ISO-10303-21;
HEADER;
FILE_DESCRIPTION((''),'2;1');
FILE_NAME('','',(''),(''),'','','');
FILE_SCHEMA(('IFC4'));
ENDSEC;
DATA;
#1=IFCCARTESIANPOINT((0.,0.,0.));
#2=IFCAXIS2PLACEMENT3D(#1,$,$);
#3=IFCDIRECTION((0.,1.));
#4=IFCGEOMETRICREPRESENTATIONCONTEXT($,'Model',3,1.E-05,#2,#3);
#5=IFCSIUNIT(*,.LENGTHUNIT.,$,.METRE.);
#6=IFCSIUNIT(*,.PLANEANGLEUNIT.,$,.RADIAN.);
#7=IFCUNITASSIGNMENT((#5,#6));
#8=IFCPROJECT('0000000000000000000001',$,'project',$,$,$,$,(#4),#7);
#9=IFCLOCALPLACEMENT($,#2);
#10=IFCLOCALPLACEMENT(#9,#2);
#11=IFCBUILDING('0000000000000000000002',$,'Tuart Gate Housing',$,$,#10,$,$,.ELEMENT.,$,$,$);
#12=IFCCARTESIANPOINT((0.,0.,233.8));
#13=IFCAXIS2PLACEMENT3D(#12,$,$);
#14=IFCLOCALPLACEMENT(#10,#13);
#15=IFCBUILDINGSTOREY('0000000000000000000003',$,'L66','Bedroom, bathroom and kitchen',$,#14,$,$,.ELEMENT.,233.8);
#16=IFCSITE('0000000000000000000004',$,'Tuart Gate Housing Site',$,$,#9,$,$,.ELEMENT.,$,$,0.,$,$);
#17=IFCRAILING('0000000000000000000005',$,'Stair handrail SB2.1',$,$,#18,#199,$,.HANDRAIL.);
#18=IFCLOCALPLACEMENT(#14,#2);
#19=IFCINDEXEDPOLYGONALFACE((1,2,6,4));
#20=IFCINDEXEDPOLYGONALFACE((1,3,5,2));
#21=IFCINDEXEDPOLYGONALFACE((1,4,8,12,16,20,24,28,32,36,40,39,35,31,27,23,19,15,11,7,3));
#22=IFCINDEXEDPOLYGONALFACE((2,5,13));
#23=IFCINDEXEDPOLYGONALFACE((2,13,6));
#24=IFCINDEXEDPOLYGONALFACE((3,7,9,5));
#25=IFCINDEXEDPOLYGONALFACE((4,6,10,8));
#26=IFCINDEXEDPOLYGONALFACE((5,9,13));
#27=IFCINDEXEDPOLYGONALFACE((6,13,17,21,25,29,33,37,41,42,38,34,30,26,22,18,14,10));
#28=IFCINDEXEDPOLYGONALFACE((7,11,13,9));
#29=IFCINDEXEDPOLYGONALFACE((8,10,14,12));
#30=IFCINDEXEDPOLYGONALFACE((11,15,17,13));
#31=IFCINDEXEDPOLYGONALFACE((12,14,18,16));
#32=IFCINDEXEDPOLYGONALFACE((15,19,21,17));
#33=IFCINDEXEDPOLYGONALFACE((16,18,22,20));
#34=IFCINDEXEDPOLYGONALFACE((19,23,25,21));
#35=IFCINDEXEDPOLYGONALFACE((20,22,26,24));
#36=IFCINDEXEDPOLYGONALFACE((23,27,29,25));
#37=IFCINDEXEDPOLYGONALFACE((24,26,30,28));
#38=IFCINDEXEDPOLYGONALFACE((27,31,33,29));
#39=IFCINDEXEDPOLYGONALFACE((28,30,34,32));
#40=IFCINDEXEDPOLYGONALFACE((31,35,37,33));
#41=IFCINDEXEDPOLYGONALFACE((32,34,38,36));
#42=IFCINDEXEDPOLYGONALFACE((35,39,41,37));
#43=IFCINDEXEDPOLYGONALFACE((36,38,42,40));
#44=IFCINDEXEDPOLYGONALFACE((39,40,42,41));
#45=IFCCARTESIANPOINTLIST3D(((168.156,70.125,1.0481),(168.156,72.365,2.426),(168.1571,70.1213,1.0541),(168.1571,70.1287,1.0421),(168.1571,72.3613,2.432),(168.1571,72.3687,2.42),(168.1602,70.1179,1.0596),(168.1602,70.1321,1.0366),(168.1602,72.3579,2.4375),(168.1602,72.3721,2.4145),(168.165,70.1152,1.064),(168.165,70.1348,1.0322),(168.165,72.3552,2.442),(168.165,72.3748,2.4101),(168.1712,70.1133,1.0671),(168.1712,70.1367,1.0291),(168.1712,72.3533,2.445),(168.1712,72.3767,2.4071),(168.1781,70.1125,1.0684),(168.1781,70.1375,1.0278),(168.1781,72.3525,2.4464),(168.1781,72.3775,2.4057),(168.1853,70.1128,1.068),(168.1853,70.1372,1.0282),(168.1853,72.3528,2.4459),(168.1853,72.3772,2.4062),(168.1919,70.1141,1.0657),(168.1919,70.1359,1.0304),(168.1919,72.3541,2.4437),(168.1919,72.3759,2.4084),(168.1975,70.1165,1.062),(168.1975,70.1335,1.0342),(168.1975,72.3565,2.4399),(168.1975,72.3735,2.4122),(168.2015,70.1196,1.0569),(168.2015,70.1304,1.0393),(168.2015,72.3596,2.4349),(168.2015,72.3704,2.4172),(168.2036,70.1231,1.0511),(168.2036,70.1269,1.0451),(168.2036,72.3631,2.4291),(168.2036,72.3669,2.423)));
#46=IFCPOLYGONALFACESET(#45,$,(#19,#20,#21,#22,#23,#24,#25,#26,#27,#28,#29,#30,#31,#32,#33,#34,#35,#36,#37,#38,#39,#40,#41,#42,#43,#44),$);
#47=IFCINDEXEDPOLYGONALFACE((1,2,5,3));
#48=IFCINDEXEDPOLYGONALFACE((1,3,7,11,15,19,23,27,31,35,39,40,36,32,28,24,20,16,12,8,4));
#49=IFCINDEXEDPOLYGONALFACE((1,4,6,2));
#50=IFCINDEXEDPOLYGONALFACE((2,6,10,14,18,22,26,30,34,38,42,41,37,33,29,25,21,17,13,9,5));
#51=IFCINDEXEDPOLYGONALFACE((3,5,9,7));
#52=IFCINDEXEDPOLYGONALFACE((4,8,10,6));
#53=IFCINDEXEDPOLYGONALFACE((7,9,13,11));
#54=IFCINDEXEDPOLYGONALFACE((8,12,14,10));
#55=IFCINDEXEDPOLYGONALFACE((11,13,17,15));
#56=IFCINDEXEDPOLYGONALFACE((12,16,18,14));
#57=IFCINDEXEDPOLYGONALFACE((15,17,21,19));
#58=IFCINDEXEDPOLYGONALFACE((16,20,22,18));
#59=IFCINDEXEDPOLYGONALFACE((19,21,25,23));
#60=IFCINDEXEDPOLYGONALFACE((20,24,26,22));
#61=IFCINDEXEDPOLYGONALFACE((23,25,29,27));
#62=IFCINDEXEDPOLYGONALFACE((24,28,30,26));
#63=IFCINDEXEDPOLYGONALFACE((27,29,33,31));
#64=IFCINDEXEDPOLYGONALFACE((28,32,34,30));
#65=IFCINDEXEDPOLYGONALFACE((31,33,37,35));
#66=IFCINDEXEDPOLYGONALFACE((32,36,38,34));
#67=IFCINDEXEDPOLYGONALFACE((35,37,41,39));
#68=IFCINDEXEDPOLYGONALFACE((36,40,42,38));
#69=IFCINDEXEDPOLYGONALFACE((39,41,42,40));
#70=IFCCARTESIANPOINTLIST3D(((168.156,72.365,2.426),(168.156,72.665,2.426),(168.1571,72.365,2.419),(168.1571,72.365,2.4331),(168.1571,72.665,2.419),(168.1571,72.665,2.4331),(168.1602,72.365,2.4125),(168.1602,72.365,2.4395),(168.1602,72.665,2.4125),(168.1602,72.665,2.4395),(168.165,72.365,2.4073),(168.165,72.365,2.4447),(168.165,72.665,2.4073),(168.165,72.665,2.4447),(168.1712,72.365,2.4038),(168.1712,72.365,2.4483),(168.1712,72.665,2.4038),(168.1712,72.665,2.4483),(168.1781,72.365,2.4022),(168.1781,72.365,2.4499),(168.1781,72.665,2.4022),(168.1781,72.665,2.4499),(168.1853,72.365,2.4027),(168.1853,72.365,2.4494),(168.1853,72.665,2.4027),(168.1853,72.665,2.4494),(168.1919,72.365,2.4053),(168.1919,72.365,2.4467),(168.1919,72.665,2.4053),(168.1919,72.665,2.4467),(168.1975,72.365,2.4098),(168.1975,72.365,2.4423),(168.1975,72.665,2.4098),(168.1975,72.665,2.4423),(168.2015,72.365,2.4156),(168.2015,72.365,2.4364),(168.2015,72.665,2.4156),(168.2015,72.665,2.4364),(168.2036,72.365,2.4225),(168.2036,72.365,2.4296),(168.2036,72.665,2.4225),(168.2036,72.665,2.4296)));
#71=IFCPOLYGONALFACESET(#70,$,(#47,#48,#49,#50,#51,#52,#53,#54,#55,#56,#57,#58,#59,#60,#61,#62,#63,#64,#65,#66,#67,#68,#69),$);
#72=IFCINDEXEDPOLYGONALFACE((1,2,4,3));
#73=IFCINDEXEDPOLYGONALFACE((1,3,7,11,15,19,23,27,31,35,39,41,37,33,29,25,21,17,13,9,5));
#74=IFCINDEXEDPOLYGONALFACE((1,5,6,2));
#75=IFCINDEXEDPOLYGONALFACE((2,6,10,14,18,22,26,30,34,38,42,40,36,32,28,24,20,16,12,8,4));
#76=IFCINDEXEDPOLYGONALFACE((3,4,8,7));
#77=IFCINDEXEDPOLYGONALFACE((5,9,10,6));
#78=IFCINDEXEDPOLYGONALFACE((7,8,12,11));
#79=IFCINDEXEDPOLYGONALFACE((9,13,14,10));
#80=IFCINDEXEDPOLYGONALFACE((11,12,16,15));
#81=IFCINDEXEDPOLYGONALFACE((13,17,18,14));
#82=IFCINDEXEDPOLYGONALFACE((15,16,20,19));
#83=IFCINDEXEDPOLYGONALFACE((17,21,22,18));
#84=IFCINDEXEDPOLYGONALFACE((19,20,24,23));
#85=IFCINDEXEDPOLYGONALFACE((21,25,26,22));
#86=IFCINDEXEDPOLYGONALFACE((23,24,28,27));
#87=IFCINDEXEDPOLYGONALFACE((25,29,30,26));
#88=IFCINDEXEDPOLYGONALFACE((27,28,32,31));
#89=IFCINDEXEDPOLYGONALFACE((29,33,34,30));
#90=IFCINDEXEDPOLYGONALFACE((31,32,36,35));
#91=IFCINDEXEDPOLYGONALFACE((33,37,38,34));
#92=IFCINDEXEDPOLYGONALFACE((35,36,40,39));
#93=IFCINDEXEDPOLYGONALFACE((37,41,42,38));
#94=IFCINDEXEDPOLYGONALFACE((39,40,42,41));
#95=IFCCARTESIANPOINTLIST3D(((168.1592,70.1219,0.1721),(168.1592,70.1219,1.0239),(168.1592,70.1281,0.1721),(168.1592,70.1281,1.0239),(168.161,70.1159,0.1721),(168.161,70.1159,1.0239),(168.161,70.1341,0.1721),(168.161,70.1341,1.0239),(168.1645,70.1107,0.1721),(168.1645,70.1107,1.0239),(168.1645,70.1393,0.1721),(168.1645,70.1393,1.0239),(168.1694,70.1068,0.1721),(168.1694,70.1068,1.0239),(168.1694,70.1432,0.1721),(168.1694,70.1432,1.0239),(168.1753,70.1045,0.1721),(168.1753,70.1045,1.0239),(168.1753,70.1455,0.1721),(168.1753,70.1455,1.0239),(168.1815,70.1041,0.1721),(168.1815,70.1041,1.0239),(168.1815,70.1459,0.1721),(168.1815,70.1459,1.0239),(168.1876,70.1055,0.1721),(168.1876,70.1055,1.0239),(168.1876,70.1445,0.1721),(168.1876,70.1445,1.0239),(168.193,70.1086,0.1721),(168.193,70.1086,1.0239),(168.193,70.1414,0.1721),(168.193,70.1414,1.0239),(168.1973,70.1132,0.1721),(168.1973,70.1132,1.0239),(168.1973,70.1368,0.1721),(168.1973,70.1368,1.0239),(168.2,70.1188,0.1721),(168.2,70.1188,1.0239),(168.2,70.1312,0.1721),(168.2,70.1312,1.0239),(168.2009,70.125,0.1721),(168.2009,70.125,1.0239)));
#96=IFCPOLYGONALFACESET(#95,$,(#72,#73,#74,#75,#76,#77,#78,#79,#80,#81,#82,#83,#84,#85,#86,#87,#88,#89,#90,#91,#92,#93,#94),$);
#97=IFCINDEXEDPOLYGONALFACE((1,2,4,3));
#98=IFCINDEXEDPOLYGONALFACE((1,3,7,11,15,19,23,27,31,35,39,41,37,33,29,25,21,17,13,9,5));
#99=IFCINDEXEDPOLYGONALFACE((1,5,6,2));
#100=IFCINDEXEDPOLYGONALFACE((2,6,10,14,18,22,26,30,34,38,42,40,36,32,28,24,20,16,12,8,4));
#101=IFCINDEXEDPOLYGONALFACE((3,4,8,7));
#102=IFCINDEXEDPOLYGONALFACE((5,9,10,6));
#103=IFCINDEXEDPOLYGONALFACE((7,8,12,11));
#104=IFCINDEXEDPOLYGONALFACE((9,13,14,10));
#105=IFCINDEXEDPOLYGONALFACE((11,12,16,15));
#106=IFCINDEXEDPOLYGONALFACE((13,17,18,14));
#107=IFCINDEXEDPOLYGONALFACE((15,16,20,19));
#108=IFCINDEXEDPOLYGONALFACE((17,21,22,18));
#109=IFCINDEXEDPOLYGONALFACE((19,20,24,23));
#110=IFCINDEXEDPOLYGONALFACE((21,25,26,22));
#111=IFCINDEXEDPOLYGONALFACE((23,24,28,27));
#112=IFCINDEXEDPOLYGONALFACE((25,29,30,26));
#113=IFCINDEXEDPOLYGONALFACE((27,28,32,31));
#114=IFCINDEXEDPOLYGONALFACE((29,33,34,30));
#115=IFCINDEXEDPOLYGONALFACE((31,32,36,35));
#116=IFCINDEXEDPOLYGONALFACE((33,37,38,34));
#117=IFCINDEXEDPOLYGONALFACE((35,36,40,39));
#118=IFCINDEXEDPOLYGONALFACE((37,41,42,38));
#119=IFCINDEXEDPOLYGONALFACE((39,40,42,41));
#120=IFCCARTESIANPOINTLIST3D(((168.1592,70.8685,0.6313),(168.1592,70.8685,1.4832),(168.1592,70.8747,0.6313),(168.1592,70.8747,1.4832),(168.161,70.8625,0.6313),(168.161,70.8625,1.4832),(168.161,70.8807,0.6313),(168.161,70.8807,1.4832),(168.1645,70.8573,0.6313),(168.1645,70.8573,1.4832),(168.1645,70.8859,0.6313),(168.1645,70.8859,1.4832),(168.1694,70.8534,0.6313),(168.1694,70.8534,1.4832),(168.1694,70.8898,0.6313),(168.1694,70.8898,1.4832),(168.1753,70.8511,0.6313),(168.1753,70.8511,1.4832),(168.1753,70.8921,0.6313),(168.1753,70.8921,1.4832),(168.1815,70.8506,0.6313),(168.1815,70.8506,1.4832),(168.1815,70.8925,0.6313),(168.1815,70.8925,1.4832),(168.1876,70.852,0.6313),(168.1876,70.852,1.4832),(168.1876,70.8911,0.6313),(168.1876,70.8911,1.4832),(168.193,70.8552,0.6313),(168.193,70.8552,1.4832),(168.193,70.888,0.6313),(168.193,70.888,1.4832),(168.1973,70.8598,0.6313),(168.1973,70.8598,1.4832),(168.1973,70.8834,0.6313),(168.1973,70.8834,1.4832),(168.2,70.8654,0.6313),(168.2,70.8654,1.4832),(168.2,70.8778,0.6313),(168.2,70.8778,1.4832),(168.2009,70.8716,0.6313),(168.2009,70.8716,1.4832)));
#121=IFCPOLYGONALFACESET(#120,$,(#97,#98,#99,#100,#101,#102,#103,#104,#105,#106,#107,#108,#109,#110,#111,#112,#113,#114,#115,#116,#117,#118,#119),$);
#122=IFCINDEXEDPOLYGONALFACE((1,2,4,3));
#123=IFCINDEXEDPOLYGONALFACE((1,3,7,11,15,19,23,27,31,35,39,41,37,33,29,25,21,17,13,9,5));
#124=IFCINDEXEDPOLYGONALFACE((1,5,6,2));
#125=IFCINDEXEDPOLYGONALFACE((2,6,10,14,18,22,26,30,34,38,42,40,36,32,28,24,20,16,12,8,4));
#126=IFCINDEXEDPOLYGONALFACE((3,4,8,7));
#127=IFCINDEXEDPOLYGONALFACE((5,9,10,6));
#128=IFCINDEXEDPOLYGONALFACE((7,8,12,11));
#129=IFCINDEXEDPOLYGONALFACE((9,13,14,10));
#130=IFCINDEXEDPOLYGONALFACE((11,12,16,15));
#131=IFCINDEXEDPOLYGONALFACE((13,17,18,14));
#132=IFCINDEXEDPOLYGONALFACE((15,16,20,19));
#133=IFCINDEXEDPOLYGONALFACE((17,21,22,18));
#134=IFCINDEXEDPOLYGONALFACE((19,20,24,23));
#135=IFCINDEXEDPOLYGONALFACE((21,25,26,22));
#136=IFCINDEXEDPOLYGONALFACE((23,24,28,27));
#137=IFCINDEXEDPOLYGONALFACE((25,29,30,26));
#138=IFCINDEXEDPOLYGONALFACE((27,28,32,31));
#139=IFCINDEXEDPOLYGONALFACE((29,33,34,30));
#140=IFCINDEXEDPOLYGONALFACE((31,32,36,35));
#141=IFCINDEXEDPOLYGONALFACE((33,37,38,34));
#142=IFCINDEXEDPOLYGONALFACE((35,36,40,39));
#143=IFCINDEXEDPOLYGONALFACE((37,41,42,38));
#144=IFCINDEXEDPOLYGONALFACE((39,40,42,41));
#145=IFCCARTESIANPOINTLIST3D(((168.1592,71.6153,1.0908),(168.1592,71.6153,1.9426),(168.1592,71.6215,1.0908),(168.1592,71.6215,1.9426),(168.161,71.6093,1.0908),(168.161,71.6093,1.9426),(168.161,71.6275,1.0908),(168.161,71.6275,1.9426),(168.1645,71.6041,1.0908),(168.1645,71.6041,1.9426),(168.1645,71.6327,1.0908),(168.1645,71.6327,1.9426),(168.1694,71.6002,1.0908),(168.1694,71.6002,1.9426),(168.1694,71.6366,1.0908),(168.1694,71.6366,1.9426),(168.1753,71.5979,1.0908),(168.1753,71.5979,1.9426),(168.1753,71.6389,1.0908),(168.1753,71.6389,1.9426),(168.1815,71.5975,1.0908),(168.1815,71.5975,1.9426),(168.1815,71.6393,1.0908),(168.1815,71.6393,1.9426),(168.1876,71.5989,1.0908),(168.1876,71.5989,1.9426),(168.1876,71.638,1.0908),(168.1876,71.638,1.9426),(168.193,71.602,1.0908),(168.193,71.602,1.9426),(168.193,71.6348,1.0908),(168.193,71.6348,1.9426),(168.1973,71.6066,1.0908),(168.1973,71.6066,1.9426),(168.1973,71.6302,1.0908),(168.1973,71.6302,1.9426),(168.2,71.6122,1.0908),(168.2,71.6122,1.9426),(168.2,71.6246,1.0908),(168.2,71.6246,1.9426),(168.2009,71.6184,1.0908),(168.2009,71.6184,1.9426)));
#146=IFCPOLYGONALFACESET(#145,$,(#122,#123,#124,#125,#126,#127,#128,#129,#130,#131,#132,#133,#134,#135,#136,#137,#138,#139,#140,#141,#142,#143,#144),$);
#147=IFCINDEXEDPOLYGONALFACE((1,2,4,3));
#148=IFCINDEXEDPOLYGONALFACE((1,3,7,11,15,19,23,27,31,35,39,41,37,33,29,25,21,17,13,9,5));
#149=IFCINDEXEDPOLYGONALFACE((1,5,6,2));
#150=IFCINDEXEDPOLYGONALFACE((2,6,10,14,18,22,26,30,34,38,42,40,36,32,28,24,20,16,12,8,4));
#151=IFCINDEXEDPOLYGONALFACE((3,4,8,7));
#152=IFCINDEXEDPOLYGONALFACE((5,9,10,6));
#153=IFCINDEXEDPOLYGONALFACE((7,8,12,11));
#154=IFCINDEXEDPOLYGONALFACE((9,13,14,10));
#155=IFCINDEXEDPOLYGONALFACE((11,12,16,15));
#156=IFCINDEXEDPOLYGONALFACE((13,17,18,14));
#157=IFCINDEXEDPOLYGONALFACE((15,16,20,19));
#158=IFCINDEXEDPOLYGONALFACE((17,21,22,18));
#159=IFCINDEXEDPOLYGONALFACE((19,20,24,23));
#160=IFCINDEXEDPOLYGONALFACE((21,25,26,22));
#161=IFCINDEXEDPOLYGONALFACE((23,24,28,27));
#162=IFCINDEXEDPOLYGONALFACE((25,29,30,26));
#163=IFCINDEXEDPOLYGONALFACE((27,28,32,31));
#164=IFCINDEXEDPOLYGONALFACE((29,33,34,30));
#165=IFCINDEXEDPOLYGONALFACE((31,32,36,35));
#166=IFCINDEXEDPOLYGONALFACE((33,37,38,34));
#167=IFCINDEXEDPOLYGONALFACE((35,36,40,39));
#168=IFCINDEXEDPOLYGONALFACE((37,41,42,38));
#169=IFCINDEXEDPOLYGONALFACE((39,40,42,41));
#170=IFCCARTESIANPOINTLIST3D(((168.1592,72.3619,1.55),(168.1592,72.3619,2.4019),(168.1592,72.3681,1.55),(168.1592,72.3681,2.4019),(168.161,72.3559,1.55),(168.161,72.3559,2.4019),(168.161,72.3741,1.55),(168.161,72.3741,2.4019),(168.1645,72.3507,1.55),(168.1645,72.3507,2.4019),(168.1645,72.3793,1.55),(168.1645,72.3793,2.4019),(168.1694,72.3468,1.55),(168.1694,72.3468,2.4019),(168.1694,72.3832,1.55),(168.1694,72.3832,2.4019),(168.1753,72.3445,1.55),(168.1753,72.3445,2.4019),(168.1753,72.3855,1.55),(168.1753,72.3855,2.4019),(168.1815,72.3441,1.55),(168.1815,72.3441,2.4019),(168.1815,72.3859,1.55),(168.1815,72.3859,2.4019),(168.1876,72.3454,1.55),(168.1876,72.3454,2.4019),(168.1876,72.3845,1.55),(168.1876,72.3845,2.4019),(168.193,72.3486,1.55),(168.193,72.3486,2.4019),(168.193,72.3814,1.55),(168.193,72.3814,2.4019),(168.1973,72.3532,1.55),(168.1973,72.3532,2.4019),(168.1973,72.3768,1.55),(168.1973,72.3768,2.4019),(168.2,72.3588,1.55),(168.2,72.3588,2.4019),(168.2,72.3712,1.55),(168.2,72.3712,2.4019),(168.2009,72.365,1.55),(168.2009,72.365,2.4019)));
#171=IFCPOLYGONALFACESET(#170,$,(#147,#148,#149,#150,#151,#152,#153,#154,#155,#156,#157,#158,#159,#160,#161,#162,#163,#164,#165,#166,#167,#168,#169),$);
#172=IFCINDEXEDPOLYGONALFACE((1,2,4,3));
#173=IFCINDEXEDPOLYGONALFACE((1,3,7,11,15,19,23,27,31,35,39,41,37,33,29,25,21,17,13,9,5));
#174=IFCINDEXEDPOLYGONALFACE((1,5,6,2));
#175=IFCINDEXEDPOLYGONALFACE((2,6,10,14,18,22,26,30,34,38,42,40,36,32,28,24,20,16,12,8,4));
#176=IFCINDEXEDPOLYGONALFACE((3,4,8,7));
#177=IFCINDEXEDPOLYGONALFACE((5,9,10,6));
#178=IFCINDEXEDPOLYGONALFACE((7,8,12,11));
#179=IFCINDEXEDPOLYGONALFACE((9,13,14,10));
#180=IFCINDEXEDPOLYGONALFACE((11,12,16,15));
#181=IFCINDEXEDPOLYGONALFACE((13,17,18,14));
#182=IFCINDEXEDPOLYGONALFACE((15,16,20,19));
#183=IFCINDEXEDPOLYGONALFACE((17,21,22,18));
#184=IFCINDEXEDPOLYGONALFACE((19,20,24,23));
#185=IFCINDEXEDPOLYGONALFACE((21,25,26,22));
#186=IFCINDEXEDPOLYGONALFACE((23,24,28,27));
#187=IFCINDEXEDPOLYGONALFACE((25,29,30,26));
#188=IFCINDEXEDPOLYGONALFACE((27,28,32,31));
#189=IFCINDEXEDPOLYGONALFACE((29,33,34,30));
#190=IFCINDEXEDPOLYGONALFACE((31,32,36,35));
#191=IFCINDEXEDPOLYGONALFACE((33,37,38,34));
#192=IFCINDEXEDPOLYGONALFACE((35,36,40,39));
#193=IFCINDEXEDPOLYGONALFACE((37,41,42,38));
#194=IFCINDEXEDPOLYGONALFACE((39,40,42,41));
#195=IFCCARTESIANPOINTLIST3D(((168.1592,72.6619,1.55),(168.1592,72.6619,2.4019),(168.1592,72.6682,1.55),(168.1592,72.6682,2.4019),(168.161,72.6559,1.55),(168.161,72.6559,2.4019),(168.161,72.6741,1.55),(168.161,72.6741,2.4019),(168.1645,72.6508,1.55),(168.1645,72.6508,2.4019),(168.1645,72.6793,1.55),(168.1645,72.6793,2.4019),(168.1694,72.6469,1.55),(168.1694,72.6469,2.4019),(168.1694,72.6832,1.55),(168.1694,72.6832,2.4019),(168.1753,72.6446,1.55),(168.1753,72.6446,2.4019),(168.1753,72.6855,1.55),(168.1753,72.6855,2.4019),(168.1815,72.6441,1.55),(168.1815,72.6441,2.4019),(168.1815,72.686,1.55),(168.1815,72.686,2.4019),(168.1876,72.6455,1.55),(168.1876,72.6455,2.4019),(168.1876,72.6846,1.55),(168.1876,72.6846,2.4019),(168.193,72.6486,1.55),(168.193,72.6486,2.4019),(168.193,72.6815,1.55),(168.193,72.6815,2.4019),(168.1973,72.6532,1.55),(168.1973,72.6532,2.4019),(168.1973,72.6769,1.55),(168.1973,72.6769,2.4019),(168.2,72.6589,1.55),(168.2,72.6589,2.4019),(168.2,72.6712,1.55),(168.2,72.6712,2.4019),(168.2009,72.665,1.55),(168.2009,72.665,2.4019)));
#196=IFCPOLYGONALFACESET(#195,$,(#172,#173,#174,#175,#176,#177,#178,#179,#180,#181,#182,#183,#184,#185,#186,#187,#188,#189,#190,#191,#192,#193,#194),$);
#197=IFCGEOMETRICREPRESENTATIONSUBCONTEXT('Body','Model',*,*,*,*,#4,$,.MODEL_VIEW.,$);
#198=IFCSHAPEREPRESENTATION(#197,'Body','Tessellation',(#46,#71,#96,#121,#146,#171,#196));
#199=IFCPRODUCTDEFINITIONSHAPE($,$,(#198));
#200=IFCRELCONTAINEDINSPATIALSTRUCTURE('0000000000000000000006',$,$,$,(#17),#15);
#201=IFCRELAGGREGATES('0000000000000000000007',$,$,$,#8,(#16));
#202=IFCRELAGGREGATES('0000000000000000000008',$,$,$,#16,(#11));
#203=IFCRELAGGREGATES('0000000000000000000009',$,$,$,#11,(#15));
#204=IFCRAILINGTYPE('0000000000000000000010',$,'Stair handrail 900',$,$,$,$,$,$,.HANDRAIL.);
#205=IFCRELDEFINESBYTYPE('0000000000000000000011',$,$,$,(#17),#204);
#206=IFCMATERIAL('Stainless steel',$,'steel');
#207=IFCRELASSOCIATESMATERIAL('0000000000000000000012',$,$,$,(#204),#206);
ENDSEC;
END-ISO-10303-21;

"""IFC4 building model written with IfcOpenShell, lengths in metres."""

from ifc_helpers import new_model, si_unit, direction, frame, origin, origin_2d, place, context, subcontext, project, spatial, circle, extrude, material, type_object, element, save


model = new_model("IFC4")

# Units and contexts
model_context = context("Model", 3, precision=1e-05, world=origin(), true_north=direction((0.0, 1.0)))
body_context = subcontext(model_context, "Body", "Model", "MODEL_VIEW")
ifc_project = project(units=[si_unit("LENGTHUNIT", "METRE"), si_unit("PLANEANGLEUNIT", "RADIAN")], contexts=[model_context])

# Site, building, storey
site_placement = place(None, origin())
site = spatial("IfcSite", under=ifc_project, at=site_placement, Name="Tuart Gate Housing Site", CompositionType="ELEMENT", RefElevation=0.0)
building_placement = place(site_placement, origin())
building = spatial("IfcBuilding", under=site, at=building_placement, Name="Tuart Gate Housing", CompositionType="ELEMENT")
storey_placement = place(building_placement, frame((0.0, 0.0, 233.8)))
storey = spatial("IfcBuildingStorey", under=building, at=storey_placement, Name="L66", Description="Bedroom, bathroom and kitchen", CompositionType="ELEMENT", Elevation=233.8)

# Railing
ifc_material_1 = material(Name="Stainless steel", Category="steel")
railing_type = type_object("IfcRailingType", Name="Stair handrail 900", PredefinedType="HANDRAIL", material=ifc_material_1)
railing_placement = place(storey_placement, frame((168.1799, 70.125, 0.1721)))
element("IfcRailing", 1, at=railing_placement, inside=storey, type_object=railing_type, Name="Stair handrail SB2.1", PredefinedType="HANDRAIL", context=body_context, shape_type="SweptSolid", body=[
    extrude(circle(Radius=0.0239, at=origin_2d()), frame((0.0, 0.0, 0.876), z_axis=(0.0, 0.851748, 0.523952), x_axis=(-1.0, 0.0, 0.0)), (0.0, 0.0, 1.0), 2.6299),
    extrude(circle(Radius=0.0239, at=origin_2d()), frame((0.0, 2.24, 2.2539), z_axis=(0.0, 1.0, 0.0), x_axis=(-1.0, 0.0, 0.0)), (0.0, 0.0, 1.0), 0.3),
    extrude(circle(Radius=0.021, at=origin_2d()), origin(), (0.0, 0.0, 1.0), 0.8518),
    extrude(circle(Radius=0.021, at=origin_2d()), frame((0.0, 0.7466, 0.4592)), (0.0, 0.0, 1.0), 0.8518),
    extrude(circle(Radius=0.021, at=origin_2d()), frame((0.0, 1.4934, 0.9187)), (0.0, 0.0, 1.0), 0.8518),
    extrude(circle(Radius=0.021, at=origin_2d()), frame((0.0, 2.24, 1.3779)), (0.0, 0.0, 1.0), 0.8518),
    extrude(circle(Radius=0.021, at=origin_2d()), frame((0.0, 2.54, 1.3779)), (0.0, 0.0, 1.0), 0.8518),
])

save(model, "model.ifc")
